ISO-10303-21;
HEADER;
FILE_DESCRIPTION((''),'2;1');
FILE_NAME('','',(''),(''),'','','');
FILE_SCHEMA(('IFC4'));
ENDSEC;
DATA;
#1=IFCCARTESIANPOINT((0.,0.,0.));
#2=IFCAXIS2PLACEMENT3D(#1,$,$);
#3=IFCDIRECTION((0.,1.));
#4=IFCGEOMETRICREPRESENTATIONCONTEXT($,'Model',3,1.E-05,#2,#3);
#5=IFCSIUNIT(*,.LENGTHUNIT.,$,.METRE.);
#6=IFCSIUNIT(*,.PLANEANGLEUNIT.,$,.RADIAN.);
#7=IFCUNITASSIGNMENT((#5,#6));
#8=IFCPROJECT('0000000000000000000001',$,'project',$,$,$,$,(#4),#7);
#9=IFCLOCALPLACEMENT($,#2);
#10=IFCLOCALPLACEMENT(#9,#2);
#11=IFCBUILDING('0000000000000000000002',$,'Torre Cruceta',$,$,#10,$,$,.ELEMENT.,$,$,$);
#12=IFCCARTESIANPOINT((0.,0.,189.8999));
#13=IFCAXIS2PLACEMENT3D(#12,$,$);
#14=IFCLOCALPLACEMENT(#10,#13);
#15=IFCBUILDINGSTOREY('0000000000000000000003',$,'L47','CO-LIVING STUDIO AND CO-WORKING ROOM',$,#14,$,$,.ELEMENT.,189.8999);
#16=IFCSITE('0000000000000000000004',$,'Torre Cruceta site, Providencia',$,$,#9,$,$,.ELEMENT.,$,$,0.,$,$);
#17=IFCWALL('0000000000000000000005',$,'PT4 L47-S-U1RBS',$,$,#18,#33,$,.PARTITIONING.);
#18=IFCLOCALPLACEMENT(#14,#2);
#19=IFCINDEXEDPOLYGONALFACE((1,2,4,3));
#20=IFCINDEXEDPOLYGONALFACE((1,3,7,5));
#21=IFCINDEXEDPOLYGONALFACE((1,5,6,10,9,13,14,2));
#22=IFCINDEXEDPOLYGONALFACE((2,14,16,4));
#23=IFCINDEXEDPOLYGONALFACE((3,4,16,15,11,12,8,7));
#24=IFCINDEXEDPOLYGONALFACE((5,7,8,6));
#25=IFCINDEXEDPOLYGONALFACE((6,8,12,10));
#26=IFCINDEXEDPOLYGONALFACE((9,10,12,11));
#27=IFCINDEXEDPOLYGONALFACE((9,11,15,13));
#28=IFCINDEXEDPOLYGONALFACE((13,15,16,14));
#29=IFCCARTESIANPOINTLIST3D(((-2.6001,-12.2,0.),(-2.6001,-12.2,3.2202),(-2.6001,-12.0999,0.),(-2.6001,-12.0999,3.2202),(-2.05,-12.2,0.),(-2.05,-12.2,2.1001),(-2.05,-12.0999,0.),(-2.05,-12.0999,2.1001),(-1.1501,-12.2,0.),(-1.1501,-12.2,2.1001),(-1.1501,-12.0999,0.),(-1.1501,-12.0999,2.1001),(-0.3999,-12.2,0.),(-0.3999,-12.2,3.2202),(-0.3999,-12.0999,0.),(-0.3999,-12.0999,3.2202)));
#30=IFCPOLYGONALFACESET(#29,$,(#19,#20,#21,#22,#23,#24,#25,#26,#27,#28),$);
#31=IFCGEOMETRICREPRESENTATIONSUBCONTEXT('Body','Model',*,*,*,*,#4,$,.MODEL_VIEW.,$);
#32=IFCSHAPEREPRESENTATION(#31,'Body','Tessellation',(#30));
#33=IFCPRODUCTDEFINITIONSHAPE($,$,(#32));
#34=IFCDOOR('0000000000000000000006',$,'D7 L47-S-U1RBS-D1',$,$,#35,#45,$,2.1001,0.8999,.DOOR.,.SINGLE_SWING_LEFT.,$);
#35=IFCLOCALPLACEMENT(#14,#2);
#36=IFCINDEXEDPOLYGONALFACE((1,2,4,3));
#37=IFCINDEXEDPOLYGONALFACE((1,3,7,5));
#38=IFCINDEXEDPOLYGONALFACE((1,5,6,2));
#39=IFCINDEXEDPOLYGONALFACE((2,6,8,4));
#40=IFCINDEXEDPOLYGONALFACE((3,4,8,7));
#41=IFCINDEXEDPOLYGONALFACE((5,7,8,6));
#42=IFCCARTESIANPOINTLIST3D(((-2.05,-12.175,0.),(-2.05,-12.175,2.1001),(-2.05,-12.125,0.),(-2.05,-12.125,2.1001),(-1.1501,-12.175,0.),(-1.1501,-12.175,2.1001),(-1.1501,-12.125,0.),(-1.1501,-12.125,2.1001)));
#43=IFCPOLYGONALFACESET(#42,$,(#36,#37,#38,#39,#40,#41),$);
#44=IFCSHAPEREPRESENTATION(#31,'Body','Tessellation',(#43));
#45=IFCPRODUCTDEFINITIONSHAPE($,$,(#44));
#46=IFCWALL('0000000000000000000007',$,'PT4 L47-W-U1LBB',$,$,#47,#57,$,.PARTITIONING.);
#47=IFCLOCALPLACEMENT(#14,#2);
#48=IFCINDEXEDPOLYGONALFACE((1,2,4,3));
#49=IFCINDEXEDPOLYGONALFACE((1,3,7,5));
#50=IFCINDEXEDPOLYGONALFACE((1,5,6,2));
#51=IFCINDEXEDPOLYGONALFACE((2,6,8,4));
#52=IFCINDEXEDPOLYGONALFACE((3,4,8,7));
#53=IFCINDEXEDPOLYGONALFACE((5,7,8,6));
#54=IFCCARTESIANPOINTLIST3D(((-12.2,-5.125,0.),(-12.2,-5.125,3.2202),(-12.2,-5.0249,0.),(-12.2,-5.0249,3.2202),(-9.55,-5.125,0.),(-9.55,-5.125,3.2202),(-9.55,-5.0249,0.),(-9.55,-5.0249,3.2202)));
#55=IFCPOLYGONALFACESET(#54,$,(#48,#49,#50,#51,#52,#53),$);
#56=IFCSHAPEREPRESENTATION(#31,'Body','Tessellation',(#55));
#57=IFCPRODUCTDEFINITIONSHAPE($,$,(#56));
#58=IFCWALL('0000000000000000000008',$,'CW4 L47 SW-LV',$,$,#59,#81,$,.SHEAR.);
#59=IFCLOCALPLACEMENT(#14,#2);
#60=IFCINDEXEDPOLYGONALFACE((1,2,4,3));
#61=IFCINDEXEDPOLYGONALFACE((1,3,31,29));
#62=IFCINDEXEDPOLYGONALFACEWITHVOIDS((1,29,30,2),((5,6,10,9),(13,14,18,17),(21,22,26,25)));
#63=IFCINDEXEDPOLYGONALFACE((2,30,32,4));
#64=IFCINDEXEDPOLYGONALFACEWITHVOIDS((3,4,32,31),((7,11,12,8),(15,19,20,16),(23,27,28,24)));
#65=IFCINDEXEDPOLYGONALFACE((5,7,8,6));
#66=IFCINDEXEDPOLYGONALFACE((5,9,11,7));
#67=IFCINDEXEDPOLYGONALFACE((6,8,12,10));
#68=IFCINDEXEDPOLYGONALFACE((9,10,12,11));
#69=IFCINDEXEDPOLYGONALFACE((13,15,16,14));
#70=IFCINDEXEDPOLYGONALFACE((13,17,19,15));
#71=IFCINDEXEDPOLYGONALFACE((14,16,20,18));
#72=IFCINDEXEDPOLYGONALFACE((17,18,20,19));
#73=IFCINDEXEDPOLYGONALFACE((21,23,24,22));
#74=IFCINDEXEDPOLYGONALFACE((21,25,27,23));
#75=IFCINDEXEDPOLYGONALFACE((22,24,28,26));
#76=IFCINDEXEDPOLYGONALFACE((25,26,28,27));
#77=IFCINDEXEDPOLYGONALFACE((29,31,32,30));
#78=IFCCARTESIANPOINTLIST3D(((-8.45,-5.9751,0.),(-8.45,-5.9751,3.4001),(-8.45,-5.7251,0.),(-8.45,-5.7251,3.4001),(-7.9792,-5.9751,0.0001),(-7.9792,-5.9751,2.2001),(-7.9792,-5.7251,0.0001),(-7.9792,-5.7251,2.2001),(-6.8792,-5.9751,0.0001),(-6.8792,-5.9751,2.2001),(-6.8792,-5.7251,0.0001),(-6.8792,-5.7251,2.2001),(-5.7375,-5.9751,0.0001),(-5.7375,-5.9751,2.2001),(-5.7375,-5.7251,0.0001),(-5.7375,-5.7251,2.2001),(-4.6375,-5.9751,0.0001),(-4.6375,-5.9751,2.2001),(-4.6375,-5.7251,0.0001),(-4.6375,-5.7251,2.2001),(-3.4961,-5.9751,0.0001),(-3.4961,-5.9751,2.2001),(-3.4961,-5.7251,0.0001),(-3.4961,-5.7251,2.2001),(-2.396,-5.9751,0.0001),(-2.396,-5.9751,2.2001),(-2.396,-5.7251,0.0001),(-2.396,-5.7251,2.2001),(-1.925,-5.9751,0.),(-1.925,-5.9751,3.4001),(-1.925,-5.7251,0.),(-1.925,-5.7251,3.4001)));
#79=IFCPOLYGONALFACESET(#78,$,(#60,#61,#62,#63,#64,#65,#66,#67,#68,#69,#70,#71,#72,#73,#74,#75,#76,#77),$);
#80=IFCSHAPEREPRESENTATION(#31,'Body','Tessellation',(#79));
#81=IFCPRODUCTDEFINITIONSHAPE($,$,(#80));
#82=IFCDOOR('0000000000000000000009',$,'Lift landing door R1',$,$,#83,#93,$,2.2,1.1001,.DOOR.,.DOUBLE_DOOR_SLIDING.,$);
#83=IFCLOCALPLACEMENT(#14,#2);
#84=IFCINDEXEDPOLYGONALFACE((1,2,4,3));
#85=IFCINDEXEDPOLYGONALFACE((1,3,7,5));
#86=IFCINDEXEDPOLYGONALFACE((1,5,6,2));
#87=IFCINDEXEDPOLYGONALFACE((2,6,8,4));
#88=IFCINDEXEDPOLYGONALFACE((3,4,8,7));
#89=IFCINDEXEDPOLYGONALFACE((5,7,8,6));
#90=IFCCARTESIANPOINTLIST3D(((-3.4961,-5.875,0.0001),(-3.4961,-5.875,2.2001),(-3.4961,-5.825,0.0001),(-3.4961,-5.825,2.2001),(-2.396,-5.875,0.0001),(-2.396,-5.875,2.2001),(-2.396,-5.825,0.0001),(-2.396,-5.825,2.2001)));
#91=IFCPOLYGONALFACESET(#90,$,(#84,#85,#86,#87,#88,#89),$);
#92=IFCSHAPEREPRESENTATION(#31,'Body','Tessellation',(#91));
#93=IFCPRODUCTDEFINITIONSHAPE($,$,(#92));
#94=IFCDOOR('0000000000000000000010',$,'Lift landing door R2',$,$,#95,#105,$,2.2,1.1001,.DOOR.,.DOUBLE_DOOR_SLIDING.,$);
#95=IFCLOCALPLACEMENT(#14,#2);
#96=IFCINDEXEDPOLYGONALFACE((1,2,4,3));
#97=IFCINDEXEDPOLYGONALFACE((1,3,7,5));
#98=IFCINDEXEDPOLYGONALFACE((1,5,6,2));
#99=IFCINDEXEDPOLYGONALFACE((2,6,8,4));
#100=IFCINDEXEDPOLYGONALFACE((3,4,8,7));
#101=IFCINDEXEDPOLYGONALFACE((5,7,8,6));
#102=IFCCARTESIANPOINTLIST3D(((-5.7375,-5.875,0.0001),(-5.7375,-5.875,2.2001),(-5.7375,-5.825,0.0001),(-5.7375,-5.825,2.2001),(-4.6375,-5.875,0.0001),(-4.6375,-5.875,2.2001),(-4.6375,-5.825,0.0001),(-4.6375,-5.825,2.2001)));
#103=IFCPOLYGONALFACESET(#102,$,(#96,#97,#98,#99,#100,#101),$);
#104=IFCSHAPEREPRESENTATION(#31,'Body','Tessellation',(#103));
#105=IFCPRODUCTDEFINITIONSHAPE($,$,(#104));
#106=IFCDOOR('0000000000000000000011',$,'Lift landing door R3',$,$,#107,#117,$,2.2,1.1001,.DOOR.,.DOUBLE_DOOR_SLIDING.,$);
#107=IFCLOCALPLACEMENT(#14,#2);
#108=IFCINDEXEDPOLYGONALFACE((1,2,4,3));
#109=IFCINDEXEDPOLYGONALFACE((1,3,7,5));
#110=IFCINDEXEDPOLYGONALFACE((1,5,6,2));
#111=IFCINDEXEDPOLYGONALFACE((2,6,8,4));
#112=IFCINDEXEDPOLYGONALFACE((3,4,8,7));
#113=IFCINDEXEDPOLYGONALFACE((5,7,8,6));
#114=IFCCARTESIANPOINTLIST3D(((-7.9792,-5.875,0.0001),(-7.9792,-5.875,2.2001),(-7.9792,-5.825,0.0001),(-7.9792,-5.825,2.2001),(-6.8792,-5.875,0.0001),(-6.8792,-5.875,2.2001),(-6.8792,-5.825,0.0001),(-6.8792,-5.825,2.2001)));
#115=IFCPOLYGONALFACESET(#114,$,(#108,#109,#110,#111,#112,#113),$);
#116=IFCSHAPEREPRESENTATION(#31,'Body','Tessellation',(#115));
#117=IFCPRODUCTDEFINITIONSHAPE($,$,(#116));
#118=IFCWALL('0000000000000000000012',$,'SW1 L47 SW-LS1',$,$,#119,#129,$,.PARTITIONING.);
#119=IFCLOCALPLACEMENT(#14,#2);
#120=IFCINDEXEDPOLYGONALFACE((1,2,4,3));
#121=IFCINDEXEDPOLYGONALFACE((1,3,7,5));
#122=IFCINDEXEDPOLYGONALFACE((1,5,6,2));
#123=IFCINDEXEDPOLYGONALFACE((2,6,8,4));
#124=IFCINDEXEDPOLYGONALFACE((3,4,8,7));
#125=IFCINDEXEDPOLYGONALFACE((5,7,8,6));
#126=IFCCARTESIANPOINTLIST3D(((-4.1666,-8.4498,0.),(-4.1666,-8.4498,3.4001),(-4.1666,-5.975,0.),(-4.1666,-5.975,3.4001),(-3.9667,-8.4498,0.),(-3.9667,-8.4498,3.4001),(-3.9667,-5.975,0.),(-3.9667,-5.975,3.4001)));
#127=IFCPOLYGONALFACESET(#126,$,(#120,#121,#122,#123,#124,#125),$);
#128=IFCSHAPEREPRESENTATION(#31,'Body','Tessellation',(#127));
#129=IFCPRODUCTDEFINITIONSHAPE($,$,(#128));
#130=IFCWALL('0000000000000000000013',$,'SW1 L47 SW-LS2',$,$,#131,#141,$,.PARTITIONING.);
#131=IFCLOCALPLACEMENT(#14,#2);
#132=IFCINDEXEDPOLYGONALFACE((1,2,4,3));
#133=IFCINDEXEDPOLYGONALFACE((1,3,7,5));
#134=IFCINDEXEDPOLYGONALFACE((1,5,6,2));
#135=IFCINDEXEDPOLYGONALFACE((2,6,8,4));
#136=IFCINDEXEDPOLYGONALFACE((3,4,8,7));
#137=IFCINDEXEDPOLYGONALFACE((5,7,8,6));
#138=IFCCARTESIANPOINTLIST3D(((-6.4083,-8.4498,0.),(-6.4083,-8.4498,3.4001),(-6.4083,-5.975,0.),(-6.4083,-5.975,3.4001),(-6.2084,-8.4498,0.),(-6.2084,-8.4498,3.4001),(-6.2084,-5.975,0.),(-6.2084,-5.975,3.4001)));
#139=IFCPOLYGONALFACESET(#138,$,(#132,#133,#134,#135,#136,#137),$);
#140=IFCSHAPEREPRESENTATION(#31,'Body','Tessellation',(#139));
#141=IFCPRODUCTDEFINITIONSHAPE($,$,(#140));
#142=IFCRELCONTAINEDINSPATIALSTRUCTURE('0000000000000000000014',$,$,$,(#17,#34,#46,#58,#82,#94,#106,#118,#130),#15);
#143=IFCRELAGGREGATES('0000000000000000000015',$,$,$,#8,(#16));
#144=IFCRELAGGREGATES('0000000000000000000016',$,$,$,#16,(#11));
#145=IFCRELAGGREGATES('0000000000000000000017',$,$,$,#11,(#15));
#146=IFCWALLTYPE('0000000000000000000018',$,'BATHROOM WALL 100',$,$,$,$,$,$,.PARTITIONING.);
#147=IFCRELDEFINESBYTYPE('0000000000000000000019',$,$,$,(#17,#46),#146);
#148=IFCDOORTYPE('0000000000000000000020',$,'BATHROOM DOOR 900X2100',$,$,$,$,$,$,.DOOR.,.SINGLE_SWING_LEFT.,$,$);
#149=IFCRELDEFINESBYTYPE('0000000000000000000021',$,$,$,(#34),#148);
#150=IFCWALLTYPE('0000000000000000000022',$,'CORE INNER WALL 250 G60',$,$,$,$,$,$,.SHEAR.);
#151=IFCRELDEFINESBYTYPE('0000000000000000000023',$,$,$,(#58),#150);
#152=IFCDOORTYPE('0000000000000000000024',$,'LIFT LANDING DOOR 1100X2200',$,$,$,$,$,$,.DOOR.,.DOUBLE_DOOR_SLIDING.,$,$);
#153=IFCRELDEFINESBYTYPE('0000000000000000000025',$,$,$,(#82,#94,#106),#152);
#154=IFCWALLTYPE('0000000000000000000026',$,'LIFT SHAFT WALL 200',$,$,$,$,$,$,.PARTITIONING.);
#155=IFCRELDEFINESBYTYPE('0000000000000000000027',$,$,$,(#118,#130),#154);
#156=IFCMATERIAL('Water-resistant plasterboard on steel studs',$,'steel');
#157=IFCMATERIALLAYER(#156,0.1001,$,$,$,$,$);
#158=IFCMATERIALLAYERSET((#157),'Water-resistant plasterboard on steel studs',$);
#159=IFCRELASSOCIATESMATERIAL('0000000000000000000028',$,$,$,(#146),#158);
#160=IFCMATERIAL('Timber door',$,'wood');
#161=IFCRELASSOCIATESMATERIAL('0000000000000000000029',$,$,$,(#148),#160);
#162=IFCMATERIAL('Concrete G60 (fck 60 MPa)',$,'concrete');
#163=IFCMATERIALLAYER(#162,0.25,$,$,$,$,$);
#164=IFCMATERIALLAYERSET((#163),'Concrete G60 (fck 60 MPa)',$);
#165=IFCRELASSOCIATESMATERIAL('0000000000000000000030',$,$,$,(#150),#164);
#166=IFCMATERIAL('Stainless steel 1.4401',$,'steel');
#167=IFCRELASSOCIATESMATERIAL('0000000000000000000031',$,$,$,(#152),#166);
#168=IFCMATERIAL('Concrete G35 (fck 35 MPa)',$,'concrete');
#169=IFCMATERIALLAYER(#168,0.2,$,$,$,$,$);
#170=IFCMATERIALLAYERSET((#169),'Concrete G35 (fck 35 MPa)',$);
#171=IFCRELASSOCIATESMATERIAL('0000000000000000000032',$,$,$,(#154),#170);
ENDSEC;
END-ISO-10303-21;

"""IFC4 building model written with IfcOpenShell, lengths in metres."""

from ifc_helpers import new_model, si_unit, direction, frame, frame_2d, origin, place, context, subcontext, project, spatial, rectangle, extrude, material, layer, layer_set, type_object, element, fill, save


model = new_model("IFC4")

# Units and contexts
model_context = context("Model", 3, precision=1e-05, world=origin(), true_north=direction((0.0, 1.0)))
body_context = subcontext(model_context, "Body", "Model", "MODEL_VIEW")
ifc_project = project(units=[si_unit("LENGTHUNIT", "METRE"), si_unit("PLANEANGLEUNIT", "RADIAN")], contexts=[model_context])

# Site, building, storey
site_placement = place(None, origin())
site = spatial("IfcSite", under=ifc_project, at=site_placement, Name="Torre Cruceta site, Providencia", CompositionType="ELEMENT", RefElevation=0.0)
building_placement = place(site_placement, origin())
building = spatial("IfcBuilding", under=site, at=building_placement, Name="Torre Cruceta", CompositionType="ELEMENT")
storey_placement = place(building_placement, frame((0.0, 0.0, 189.8999)))
storey = spatial("IfcBuildingStorey", under=building, at=storey_placement, Name="L47", Description="CO-LIVING STUDIO AND CO-WORKING ROOM", CompositionType="ELEMENT", Elevation=189.8999)

# Shared definitions
ifc_material_1 = material(Name="Water-resistant plasterboard on steel studs", Category="steel")
ifc_layer_1 = layer(ifc_material_1, 0.1001)
ifc_layer_set_1 = layer_set([ifc_layer_1], Name="Water-resistant plasterboard on steel studs")
wall_type_1 = type_object("IfcWallType", Name="BATHROOM WALL 100", PredefinedType="PARTITIONING", material=ifc_layer_set_1)

# Wall, opening, door
wall_1_placement = place(storey_placement, frame((-2.6001, -12.1499, 0.0), z_axis=(0.0, 0.0, 1.0), x_axis=(1.0, 0.0, 0.0)))
wall_1 = element("IfcWall", 1, at=wall_1_placement, inside=storey, type_object=wall_type_1, Name="PT4 L47-S-U1RBS", PredefinedType="PARTITIONING", context=body_context, shape_type="SweptSolid", body=[
    extrude(rectangle(XDim=2.2002, YDim=0.1001, at=frame_2d((1.1001, 0.0))), origin(), (0.0, 0.0, 1.0), 3.2202),
])
opening_1_placement = place(wall_1_placement, frame((0.55, 0.0, 0.0)))
opening_1 = element("IfcOpeningElement", 2, at=opening_1_placement, cuts=wall_1, PredefinedType="OPENING", context=body_context, shape_type="SweptSolid", body=[
    extrude(rectangle(XDim=0.8999, YDim=2.1001, at=frame_2d((0.45, 1.05))), frame((0.0, 0.0601, 0.0), z_axis=(0.0, -1.0, 0.0), x_axis=(1.0, 0.0, 0.0)), (0.0, 0.0, 1.0), 0.1201),
])
ifc_material_2 = material(Name="Timber door", Category="wood")
door_type_1 = type_object("IfcDoorType", Name="BATHROOM DOOR 900X2100", OperationType="SINGLE_SWING_LEFT", PredefinedType="DOOR", material=ifc_material_2)
door_1_placement = place(opening_1_placement, origin())
door_1 = element("IfcDoor", 3, at=door_1_placement, inside=storey, type_object=door_type_1, Name="D7 L47-S-U1RBS-D1", OperationType="SINGLE_SWING_LEFT", OverallHeight=2.1001, OverallWidth=0.8999, PredefinedType="DOOR", context=body_context, shape_type="SweptSolid", body=[
    extrude(rectangle(XDim=0.8999, YDim=2.1001, at=frame_2d((0.45, 1.05))), frame((0.0, 0.0249, 0.0), z_axis=(0.0, -1.0, 0.0), x_axis=(1.0, 0.0, 0.0)), (0.0, 0.0, 1.0), 0.05),
])
fill(opening_1, door_1)

# Wall
wall_2_placement = place(storey_placement, frame((-9.55, -5.075, 0.0), z_axis=(0.0, 0.0, 1.0), x_axis=(-1.0, 0.0, 0.0)))
element("IfcWall", 4, at=wall_2_placement, inside=storey, type_object=wall_type_1, Name="PT4 L47-W-U1LBB", PredefinedType="PARTITIONING", context=body_context, shape_type="SweptSolid", body=[
    extrude(rectangle(XDim=2.6499, YDim=0.1001, at=frame_2d((1.325, 0.0))), origin(), (0.0, 0.0, 1.0), 3.2202),
])

# Wall, openings, doors
ifc_material_3 = material(Name="Concrete G60 (fck 60 MPa)", Category="concrete")
ifc_layer_2 = layer(ifc_material_3, 0.25)
ifc_layer_set_2 = layer_set([ifc_layer_2], Name="Concrete G60 (fck 60 MPa)")
wall_type_2 = type_object("IfcWallType", Name="CORE INNER WALL 250 G60", PredefinedType="SHEAR", material=ifc_layer_set_2)
wall_3_placement = place(storey_placement, frame((-1.925, -5.8501, 0.0), z_axis=(0.0, 0.0, 1.0), x_axis=(-1.0, 0.0, 0.0)))
wall_3 = element("IfcWall", 5, at=wall_3_placement, inside=storey, type_object=wall_type_2, Name="CW4 L47 SW-LV", PredefinedType="SHEAR", context=body_context, shape_type="SweptSolid", body=[
    extrude(rectangle(XDim=6.5249, YDim=0.25, at=frame_2d((3.2625, 0.0))), origin(), (0.0, 0.0, 1.0), 3.4001),
])
opening_2_placement = place(wall_3_placement, frame((0.4709, 0.0, 0.0)))
opening_2 = element("IfcOpeningElement", 6, at=opening_2_placement, cuts=wall_3, PredefinedType="OPENING", context=body_context, shape_type="SweptSolid", body=[
    extrude(rectangle(XDim=1.1001, YDim=2.2, at=frame_2d((0.55, 1.1001))), frame((0.0, 0.135, 0.0), z_axis=(0.0, -1.0, 0.0), x_axis=(1.0, 0.0, 0.0)), (0.0, 0.0, 1.0), 0.27),
])
opening_3_placement = place(wall_3_placement, frame((2.7124, 0.0, 0.0)))
opening_3 = element("IfcOpeningElement", 7, at=opening_3_placement, cuts=wall_3, PredefinedType="OPENING", context=body_context, shape_type="SweptSolid", body=[
    extrude(rectangle(XDim=1.1001, YDim=2.2, at=frame_2d((0.55, 1.1001))), frame((0.0, 0.135, 0.0), z_axis=(0.0, -1.0, 0.0), x_axis=(1.0, 0.0, 0.0)), (0.0, 0.0, 1.0), 0.27),
])
opening_4_placement = place(wall_3_placement, frame((4.9541, 0.0, 0.0)))
opening_4 = element("IfcOpeningElement", 8, at=opening_4_placement, cuts=wall_3, PredefinedType="OPENING", context=body_context, shape_type="SweptSolid", body=[
    extrude(rectangle(XDim=1.1001, YDim=2.2, at=frame_2d((0.55, 1.1001))), frame((0.0, 0.135, 0.0), z_axis=(0.0, -1.0, 0.0), x_axis=(1.0, 0.0, 0.0)), (0.0, 0.0, 1.0), 0.27),
])
ifc_material_4 = material(Name="Stainless steel 1.4401", Category="steel")
door_type_2 = type_object("IfcDoorType", Name="LIFT LANDING DOOR 1100X2200", OperationType="DOUBLE_DOOR_SLIDING", PredefinedType="DOOR", material=ifc_material_4)
door_2_placement = place(opening_2_placement, origin())
door_2 = element("IfcDoor", 9, at=door_2_placement, inside=storey, type_object=door_type_2, Name="Lift landing door R1", OperationType="DOUBLE_DOOR_SLIDING", OverallHeight=2.2, OverallWidth=1.1001, PredefinedType="DOOR", context=body_context, shape_type="SweptSolid", body=[
    extrude(rectangle(XDim=1.1001, YDim=2.2, at=frame_2d((0.55, 1.1001))), frame((0.0, 0.0249, 0.0), z_axis=(0.0, -1.0, 0.0), x_axis=(1.0, 0.0, 0.0)), (0.0, 0.0, 1.0), 0.05),
])
fill(opening_2, door_2)
door_3_placement = place(opening_3_placement, origin())
door_3 = element("IfcDoor", 10, at=door_3_placement, inside=storey, type_object=door_type_2, Name="Lift landing door R2", OperationType="DOUBLE_DOOR_SLIDING", OverallHeight=2.2, OverallWidth=1.1001, PredefinedType="DOOR", context=body_context, shape_type="SweptSolid", body=[
    extrude(rectangle(XDim=1.1001, YDim=2.2, at=frame_2d((0.55, 1.1001))), frame((0.0, 0.0249, 0.0), z_axis=(0.0, -1.0, 0.0), x_axis=(1.0, 0.0, 0.0)), (0.0, 0.0, 1.0), 0.05),
])
fill(opening_3, door_3)
door_4_placement = place(opening_4_placement, origin())
door_4 = element("IfcDoor", 11, at=door_4_placement, inside=storey, type_object=door_type_2, Name="Lift landing door R3", OperationType="DOUBLE_DOOR_SLIDING", OverallHeight=2.2, OverallWidth=1.1001, PredefinedType="DOOR", context=body_context, shape_type="SweptSolid", body=[
    extrude(rectangle(XDim=1.1001, YDim=2.2, at=frame_2d((0.55, 1.1001))), frame((0.0, 0.0249, 0.0), z_axis=(0.0, -1.0, 0.0), x_axis=(1.0, 0.0, 0.0)), (0.0, 0.0, 1.0), 0.05),
])
fill(opening_4, door_4)

# Walls
ifc_material_5 = material(Name="Concrete G35 (fck 35 MPa)", Category="concrete")
ifc_layer_3 = layer(ifc_material_5, 0.2)
ifc_layer_set_3 = layer_set([ifc_layer_3], Name="Concrete G35 (fck 35 MPa)")
wall_type_3 = type_object("IfcWallType", Name="LIFT SHAFT WALL 200", PredefinedType="PARTITIONING", material=ifc_layer_set_3)
for number, where, z_axis, x_axis, name in (
    (12, (-4.0667, -5.9751, 0.0), (0.0, 0.0, 1.0), (0.0, -1.0, 0.0), "SW1 L47 SW-LS1"),
    (13, (-6.3083, -5.9751, 0.0), (0.0, 0.0, 1.0), (0.0, -1.0, 0.0), "SW1 L47 SW-LS2"),
):
    element("IfcWall", number, at=place(storey_placement, frame(where, z_axis=z_axis, x_axis=x_axis)), inside=storey, type_object=wall_type_3, Name=name, PredefinedType="PARTITIONING", context=body_context, shape_type="SweptSolid", body=[
        extrude(rectangle(XDim=2.4749, YDim=0.2, at=frame_2d((1.2373, 0.0))), origin(), (0.0, 0.0, 1.0), 3.4001),
    ])

save(model, "model.ifc")
